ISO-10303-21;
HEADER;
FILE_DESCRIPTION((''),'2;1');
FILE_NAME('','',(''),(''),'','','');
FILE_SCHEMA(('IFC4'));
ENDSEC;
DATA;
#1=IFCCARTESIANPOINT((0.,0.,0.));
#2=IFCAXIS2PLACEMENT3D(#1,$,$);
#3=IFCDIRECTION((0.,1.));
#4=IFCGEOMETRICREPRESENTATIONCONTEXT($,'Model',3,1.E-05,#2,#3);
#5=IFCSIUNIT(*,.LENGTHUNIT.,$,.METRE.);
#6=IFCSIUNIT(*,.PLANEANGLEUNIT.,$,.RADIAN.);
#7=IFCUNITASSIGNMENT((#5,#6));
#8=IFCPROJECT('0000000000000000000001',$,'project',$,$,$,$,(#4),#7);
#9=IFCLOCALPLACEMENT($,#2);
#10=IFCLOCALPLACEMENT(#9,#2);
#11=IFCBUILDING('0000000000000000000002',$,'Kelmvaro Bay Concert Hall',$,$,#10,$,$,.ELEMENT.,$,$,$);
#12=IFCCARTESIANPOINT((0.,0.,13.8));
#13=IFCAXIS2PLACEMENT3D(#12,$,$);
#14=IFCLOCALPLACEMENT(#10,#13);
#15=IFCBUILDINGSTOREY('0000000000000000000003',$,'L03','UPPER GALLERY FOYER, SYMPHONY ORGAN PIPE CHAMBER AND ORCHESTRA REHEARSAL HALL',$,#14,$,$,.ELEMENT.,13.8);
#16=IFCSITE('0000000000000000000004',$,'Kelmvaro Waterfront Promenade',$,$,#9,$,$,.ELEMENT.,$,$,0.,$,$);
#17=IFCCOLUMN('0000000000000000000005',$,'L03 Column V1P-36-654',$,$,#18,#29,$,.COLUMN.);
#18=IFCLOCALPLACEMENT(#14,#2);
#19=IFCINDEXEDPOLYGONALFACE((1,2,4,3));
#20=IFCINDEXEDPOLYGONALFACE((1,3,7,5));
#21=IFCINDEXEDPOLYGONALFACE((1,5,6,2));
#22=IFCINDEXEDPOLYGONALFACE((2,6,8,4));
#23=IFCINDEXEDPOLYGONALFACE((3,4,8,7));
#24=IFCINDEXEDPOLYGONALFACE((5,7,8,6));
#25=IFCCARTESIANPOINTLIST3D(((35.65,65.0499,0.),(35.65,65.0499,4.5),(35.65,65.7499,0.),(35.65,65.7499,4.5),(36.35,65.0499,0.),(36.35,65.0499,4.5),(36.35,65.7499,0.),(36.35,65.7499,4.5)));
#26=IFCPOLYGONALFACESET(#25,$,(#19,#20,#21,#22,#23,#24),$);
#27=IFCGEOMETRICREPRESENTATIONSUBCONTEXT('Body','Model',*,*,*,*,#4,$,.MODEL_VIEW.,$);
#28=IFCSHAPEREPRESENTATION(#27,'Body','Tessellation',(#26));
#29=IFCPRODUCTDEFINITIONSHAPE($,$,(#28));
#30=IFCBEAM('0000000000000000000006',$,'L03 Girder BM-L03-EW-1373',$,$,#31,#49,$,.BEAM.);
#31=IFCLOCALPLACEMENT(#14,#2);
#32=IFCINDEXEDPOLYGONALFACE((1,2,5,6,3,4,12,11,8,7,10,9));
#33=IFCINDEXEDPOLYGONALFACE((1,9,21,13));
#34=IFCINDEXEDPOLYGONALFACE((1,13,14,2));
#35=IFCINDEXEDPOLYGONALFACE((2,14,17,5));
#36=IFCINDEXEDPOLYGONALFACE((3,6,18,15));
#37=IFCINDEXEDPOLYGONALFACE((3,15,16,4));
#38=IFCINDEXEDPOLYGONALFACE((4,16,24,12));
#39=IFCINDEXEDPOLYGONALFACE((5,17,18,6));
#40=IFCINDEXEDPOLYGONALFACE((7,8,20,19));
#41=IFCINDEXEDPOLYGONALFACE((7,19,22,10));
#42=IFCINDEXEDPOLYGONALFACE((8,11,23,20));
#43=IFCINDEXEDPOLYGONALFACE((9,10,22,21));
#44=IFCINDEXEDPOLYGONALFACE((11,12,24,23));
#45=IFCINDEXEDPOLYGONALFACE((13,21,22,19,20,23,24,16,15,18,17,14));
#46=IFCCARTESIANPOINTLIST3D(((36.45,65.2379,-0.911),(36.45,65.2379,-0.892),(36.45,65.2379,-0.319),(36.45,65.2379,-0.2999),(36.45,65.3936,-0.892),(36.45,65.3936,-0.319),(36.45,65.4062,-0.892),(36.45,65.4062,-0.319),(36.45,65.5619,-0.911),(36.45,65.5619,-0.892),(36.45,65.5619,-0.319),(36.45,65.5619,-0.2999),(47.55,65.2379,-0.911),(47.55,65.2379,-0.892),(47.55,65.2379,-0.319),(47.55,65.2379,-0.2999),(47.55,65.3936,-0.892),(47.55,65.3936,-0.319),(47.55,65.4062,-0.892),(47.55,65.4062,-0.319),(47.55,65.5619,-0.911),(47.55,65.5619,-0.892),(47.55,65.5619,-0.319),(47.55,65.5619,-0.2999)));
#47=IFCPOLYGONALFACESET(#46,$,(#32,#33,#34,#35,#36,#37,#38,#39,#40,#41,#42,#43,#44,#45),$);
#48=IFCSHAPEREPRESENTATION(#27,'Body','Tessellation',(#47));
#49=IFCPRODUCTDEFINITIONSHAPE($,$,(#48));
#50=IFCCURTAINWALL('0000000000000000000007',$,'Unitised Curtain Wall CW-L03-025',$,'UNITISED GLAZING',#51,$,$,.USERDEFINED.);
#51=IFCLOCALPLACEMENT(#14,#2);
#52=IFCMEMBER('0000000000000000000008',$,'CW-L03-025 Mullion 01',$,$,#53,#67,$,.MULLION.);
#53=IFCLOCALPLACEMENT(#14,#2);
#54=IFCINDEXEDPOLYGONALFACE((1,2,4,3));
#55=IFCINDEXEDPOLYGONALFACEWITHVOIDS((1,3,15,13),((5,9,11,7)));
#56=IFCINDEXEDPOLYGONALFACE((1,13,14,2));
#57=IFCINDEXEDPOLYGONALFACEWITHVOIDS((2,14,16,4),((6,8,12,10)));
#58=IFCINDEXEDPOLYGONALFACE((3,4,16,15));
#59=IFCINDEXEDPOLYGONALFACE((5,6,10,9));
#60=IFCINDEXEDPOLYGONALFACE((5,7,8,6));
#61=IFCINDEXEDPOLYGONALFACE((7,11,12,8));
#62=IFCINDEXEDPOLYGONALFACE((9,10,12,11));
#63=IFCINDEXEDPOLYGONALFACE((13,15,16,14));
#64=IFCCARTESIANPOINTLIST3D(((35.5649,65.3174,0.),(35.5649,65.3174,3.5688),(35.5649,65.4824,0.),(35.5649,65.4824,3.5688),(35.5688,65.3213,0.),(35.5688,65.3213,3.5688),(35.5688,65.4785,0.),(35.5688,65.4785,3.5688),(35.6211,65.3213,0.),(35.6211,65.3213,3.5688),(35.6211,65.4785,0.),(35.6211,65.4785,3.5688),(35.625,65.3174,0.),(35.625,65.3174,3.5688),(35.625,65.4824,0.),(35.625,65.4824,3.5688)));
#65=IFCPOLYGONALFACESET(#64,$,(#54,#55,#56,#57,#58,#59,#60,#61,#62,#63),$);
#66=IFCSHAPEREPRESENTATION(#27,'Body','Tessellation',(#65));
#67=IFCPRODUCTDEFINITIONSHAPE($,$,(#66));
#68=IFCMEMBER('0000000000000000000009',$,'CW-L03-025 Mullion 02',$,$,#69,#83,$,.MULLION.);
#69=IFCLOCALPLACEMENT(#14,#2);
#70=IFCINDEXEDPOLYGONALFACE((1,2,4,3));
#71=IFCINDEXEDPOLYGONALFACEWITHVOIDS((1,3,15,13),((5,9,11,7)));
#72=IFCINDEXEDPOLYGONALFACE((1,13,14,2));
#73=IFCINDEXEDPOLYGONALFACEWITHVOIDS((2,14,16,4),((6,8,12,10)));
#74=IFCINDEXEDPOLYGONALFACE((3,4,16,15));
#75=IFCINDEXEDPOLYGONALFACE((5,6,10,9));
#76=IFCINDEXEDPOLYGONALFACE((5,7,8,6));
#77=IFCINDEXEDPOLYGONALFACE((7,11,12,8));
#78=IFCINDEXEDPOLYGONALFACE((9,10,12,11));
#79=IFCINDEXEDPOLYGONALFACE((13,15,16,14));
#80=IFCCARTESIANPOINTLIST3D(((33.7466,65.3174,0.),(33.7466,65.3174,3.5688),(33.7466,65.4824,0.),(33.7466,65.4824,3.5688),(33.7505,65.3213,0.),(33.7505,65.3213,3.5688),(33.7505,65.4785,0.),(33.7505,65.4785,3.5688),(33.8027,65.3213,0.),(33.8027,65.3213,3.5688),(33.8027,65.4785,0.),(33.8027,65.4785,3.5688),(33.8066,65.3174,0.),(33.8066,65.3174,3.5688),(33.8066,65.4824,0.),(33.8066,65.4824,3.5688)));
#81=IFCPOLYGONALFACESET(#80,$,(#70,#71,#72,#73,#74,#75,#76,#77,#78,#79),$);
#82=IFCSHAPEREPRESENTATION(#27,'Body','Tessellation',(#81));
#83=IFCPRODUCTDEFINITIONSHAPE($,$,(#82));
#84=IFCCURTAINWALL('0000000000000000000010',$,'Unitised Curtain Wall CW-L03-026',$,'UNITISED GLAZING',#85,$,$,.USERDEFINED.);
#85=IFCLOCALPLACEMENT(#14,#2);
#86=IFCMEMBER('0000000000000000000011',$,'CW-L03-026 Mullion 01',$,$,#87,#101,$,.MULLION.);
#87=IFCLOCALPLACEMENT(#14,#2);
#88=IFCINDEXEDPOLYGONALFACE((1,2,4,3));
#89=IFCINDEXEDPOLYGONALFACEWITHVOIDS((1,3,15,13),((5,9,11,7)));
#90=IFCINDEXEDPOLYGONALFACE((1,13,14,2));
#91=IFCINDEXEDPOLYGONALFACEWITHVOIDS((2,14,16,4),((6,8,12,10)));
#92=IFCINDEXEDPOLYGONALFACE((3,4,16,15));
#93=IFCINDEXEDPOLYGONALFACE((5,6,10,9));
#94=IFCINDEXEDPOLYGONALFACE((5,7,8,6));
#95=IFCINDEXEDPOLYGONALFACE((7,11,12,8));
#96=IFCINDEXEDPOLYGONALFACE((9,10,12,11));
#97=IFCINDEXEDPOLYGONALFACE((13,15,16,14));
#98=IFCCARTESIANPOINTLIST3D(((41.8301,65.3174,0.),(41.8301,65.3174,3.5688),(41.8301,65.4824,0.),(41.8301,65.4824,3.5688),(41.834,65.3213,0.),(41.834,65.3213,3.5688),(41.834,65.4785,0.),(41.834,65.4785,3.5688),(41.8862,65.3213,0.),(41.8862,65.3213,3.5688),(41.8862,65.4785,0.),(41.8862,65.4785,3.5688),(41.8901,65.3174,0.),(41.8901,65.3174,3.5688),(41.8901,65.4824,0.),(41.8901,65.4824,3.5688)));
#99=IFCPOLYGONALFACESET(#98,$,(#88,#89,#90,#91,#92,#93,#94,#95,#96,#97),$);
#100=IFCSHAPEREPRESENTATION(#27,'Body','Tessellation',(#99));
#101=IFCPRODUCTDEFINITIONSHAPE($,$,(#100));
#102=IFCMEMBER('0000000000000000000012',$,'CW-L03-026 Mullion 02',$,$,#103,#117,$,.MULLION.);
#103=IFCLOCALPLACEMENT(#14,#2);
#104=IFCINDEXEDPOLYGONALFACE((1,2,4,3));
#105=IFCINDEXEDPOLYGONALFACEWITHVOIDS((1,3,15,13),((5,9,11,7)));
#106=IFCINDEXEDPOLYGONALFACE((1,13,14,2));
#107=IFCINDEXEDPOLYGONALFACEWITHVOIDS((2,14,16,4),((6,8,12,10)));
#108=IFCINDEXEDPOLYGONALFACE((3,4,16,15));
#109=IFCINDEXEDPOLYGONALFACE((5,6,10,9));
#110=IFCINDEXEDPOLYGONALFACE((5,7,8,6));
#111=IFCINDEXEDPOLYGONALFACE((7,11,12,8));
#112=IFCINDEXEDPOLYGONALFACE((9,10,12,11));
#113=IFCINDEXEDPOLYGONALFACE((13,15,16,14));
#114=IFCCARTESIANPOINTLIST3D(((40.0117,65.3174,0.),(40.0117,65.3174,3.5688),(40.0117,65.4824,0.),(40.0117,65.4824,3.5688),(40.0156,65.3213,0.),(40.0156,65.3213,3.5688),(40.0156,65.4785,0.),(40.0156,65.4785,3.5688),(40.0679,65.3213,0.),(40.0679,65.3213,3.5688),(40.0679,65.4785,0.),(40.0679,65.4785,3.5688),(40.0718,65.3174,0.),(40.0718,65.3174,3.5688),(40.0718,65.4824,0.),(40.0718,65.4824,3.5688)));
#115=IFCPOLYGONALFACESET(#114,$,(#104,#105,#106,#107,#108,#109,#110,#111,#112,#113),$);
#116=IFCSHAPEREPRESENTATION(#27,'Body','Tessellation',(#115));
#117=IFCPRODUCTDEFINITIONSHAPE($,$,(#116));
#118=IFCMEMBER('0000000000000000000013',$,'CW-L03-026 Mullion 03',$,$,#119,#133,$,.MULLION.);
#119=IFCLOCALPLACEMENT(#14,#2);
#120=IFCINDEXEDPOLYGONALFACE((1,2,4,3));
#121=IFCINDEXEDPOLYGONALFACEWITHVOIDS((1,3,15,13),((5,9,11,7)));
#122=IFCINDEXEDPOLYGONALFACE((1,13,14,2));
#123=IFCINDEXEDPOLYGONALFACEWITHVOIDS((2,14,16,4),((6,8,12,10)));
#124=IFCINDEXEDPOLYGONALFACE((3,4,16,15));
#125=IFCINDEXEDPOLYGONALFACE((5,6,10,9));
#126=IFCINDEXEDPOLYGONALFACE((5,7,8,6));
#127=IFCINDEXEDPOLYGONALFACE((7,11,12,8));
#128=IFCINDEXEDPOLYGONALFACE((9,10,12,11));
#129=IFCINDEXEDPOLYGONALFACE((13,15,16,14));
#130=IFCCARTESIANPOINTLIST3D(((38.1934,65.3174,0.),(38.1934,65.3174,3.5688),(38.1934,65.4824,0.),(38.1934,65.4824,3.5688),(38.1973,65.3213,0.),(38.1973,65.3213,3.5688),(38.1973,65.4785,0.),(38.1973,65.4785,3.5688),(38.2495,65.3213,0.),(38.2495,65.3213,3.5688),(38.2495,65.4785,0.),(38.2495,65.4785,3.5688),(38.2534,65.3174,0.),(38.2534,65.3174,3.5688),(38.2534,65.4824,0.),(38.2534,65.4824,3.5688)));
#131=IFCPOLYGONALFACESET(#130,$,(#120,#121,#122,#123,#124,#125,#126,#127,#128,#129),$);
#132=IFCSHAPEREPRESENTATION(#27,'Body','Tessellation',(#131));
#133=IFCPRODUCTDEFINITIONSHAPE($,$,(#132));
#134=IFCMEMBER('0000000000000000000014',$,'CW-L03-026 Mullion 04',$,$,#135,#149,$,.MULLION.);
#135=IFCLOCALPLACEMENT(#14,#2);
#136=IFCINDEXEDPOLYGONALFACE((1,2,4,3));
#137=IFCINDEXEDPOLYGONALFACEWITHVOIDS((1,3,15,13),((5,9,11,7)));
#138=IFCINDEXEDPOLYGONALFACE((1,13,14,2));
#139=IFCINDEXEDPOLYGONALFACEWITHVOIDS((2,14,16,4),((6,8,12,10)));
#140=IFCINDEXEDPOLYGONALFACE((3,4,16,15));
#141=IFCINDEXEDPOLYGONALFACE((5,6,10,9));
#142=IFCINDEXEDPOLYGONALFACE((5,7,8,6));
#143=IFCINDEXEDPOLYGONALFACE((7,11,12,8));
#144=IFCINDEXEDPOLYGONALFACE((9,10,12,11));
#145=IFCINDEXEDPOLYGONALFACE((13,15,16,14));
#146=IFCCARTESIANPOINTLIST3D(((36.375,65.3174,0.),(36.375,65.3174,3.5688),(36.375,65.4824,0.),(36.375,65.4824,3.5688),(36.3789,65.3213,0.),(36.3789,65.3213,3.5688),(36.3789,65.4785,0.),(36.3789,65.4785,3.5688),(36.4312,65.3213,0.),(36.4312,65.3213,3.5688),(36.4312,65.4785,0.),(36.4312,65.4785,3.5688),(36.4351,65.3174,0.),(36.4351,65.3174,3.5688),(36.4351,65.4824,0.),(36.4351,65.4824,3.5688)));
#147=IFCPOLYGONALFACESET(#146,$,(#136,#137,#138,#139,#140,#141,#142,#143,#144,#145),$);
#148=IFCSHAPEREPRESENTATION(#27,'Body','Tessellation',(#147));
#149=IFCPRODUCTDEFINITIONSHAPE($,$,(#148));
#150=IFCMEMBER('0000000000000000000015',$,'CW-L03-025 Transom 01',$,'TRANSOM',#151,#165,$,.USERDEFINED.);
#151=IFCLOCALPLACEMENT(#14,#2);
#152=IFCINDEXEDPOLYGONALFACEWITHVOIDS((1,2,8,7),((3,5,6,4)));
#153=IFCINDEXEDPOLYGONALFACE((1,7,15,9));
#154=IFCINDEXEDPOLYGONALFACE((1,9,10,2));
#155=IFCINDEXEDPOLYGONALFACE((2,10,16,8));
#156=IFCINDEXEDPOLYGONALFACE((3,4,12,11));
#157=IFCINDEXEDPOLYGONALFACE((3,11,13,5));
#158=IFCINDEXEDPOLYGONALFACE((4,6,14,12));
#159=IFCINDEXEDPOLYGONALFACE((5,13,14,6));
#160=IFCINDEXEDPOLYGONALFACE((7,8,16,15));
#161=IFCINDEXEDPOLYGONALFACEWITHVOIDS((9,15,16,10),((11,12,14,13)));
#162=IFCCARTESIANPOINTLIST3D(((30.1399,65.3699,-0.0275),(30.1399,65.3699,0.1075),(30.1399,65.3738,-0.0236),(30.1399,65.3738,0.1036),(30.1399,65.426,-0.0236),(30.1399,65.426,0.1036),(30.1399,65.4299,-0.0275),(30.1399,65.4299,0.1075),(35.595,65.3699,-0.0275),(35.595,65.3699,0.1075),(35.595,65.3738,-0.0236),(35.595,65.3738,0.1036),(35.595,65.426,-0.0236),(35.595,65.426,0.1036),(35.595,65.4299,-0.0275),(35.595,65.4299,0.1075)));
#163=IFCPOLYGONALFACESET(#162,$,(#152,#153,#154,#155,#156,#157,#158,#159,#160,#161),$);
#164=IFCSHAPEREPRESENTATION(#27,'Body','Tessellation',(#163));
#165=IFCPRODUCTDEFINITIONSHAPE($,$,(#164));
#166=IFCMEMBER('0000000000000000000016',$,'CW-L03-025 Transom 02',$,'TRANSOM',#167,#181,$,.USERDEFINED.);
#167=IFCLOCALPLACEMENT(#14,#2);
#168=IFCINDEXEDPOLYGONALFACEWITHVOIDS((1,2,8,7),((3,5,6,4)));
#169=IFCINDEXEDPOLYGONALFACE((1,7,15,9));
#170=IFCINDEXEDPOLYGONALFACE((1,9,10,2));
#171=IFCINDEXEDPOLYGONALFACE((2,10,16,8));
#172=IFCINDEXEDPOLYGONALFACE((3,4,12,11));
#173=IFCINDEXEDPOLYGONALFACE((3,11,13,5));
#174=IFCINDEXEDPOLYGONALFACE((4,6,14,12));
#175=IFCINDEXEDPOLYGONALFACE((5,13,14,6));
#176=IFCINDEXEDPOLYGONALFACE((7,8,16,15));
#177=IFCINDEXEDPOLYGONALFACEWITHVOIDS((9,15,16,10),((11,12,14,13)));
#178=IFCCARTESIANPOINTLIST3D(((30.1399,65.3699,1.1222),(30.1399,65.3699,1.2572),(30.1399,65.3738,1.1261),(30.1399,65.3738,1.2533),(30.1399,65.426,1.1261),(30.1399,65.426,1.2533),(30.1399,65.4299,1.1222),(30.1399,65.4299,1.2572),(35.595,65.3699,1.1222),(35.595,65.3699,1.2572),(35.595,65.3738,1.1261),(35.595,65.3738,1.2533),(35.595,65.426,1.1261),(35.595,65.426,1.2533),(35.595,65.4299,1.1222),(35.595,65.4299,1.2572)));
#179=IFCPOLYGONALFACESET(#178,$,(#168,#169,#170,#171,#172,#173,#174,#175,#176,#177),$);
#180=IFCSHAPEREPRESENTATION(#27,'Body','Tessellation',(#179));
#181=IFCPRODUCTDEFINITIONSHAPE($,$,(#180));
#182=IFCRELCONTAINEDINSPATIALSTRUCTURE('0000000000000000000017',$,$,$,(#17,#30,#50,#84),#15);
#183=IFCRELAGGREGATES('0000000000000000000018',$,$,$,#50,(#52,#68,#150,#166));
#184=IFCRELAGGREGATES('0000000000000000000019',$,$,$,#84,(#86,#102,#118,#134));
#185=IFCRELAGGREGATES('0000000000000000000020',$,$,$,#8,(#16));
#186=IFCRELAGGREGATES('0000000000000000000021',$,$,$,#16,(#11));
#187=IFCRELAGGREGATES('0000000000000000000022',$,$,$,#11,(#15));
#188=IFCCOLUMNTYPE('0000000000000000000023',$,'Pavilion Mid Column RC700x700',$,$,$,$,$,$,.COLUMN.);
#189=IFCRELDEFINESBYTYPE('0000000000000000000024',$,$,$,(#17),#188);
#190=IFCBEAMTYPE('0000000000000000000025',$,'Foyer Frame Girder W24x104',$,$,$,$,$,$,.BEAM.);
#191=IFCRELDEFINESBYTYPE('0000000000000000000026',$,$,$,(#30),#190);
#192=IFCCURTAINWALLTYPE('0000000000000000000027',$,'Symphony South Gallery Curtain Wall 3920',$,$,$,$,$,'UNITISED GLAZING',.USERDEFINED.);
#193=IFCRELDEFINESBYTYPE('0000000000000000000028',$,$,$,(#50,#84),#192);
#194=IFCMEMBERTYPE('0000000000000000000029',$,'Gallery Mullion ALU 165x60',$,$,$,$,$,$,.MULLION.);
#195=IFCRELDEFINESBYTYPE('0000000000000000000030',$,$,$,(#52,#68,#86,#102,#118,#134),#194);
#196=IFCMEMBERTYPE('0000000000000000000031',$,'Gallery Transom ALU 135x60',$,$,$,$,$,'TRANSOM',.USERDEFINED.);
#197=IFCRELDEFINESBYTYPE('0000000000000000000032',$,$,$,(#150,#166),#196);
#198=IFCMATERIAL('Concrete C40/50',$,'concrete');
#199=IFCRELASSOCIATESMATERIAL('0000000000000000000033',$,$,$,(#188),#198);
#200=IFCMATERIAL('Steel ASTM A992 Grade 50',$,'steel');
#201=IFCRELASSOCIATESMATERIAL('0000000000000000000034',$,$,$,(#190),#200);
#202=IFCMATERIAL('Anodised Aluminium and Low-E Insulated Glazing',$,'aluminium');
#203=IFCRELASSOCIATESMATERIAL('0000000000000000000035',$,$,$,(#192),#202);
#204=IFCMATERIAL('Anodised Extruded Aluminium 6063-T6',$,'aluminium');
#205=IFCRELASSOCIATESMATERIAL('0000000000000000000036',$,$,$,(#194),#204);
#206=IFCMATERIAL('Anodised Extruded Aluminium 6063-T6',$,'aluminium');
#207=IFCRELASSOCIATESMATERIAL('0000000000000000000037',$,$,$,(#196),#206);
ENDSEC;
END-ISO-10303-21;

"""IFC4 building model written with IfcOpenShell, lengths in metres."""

from ifc_helpers import new_model, si_unit, direction, frame, origin, origin_2d, place, context, subcontext, project, spatial, rectangle, hollow_rectangle, i_section, extrude, material, material_profile, profile_set, type_object, element, aggregate, save


model = new_model("IFC4")

# Units and contexts
model_context = context("Model", 3, precision=1e-05, world=origin(), true_north=direction((0.0, 1.0)))
body_context = subcontext(model_context, "Body", "Model", "MODEL_VIEW")
ifc_project = project(units=[si_unit("LENGTHUNIT", "METRE"), si_unit("PLANEANGLEUNIT", "RADIAN")], contexts=[model_context])

# Site, building, storey
site_placement = place(None, origin())
site = spatial("IfcSite", under=ifc_project, at=site_placement, Name="Kelmvaro Waterfront Promenade", CompositionType="ELEMENT", RefElevation=0.0)
building_placement = place(site_placement, origin())
building = spatial("IfcBuilding", under=site, at=building_placement, Name="Kelmvaro Bay Concert Hall", CompositionType="ELEMENT")
storey_placement = place(building_placement, frame((0.0, 0.0, 13.8)))
storey = spatial("IfcBuildingStorey", under=building, at=storey_placement, Name="L03", Description="UPPER GALLERY FOYER, SYMPHONY ORGAN PIPE CHAMBER AND ORCHESTRA REHEARSAL HALL", CompositionType="ELEMENT", Elevation=13.8)

# Column
ifc_material_1 = material(Name="Concrete C40/50", Category="concrete")
ifc_material_profile_1 = material_profile(ifc_material_1, rectangle(XDim=0.7, YDim=0.7, at=origin_2d()), Name="RC-COL-700X700")
ifc_profile_set_1 = profile_set([ifc_material_profile_1], Name="Concrete C40/50")
column_type = type_object("IfcColumnType", Name="Pavilion Mid Column RC700x700", PredefinedType="COLUMN", material=ifc_profile_set_1)
column_placement = place(storey_placement, frame((36.0, 65.3999, 0.0), z_axis=(0.0, 0.0, 1.0), x_axis=(1.0, 0.0, 0.0)))
element("IfcColumn", 1, at=column_placement, inside=storey, type_object=column_type, Name="L03 Column V1P-36-654", PredefinedType="COLUMN", context=body_context, shape_type="SweptSolid", body=[
    extrude(rectangle(XDim=0.7, YDim=0.7, at=origin_2d()), origin(), (0.0, 0.0, 1.0), 4.5),
])

# Beam
ifc_material_2 = material(Name="Steel ASTM A992 Grade 50", Category="steel")
ifc_material_profile_2 = material_profile(ifc_material_2, i_section(OverallWidth=0.324, OverallDepth=0.6111, WebThickness=0.0127, FlangeThickness=0.019, at=origin_2d()), Name="W24X104")
ifc_profile_set_2 = profile_set([ifc_material_profile_2], Name="Steel ASTM A992 Grade 50")
beam_type = type_object("IfcBeamType", Name="Foyer Frame Girder W24x104", PredefinedType="BEAM", material=ifc_profile_set_2)
beam_placement = place(storey_placement, frame((36.45, 65.3999, -0.6055), z_axis=(1.0, 0.0, 0.0), x_axis=(0.0, 1.0, 0.0)))
element("IfcBeam", 2, at=beam_placement, inside=storey, type_object=beam_type, Name="L03 Girder BM-L03-EW-1373", PredefinedType="BEAM", context=body_context, shape_type="SweptSolid", body=[
    extrude(i_section(OverallWidth=0.324, OverallDepth=0.6111, WebThickness=0.0127, FlangeThickness=0.019, at=origin_2d()), origin(), (0.0, 0.0, 1.0), 11.1001),
])

# Curtain walls, members
ifc_material_3 = material(Name="Anodised Aluminium and Low-E Insulated Glazing", Category="aluminium")
curtain_wall_type = type_object("IfcCurtainWallType", Name="Symphony South Gallery Curtain Wall 3920", ElementType="UNITISED GLAZING", PredefinedType="USERDEFINED", material=ifc_material_3)
curtain_wall_1_placement = place(storey_placement, origin())
curtain_wall_1 = element("IfcCurtainWall", 3, at=curtain_wall_1_placement, inside=storey, type_object=curtain_wall_type, Name="Unitised Curtain Wall CW-L03-025", ObjectType="UNITISED GLAZING", PredefinedType="USERDEFINED")
ifc_material_4 = material(Name="Anodised Extruded Aluminium 6063-T6", Category="aluminium")
ifc_material_profile_3 = material_profile(ifc_material_4, hollow_rectangle(XDim=0.0601, YDim=0.165, WallThickness=0.0039, at=origin_2d()), Name="ALU-MUL-165X60")
ifc_profile_set_3 = profile_set([ifc_material_profile_3], Name="Anodised Extruded Aluminium 6063-T6")
member_type_1 = type_object("IfcMemberType", Name="Gallery Mullion ALU 165x60", PredefinedType="MULLION", material=ifc_profile_set_3)
member_1_placement = place(storey_placement, frame((35.595, 65.3999, 0.0), z_axis=(0.0, 0.0, 1.0), x_axis=(1.0, 0.0, 0.0)))
member_1 = element("IfcMember", 4, at=member_1_placement, type_object=member_type_1, Name="CW-L03-025 Mullion 01", PredefinedType="MULLION", context=body_context, shape_type="SweptSolid", body=[
    extrude(hollow_rectangle(XDim=0.0601, YDim=0.165, WallThickness=0.0039, at=origin_2d()), origin(), (0.0, 0.0, 1.0), 3.5688),
])
member_2_placement = place(storey_placement, frame((33.7766, 65.3999, 0.0), z_axis=(0.0, 0.0, 1.0), x_axis=(1.0, 0.0, 0.0)))
member_2 = element("IfcMember", 5, at=member_2_placement, type_object=member_type_1, Name="CW-L03-025 Mullion 02", PredefinedType="MULLION", context=body_context, shape_type="SweptSolid", body=[
    extrude(hollow_rectangle(XDim=0.0601, YDim=0.165, WallThickness=0.0039, at=origin_2d()), origin(), (0.0, 0.0, 1.0), 3.5688),
])
curtain_wall_2_placement = place(storey_placement, origin())
curtain_wall_2 = element("IfcCurtainWall", 6, at=curtain_wall_2_placement, inside=storey, type_object=curtain_wall_type, Name="Unitised Curtain Wall CW-L03-026", ObjectType="UNITISED GLAZING", PredefinedType="USERDEFINED")
member_3_placement = place(storey_placement, frame((41.8601, 65.3999, 0.0), z_axis=(0.0, 0.0, 1.0), x_axis=(1.0, 0.0, 0.0)))
member_3 = element("IfcMember", 7, at=member_3_placement, type_object=member_type_1, Name="CW-L03-026 Mullion 01", PredefinedType="MULLION", context=body_context, shape_type="SweptSolid", body=[
    extrude(hollow_rectangle(XDim=0.0601, YDim=0.165, WallThickness=0.0039, at=origin_2d()), origin(), (0.0, 0.0, 1.0), 3.5688),
])
member_4_placement = place(storey_placement, frame((40.0417, 65.3999, 0.0), z_axis=(0.0, 0.0, 1.0), x_axis=(1.0, 0.0, 0.0)))
member_4 = element("IfcMember", 8, at=member_4_placement, type_object=member_type_1, Name="CW-L03-026 Mullion 02", PredefinedType="MULLION", context=body_context, shape_type="SweptSolid", body=[
    extrude(hollow_rectangle(XDim=0.0601, YDim=0.165, WallThickness=0.0039, at=origin_2d()), origin(), (0.0, 0.0, 1.0), 3.5688),
])
member_5_placement = place(storey_placement, frame((38.2234, 65.3999, 0.0), z_axis=(0.0, 0.0, 1.0), x_axis=(1.0, 0.0, 0.0)))
member_5 = element("IfcMember", 9, at=member_5_placement, type_object=member_type_1, Name="CW-L03-026 Mullion 03", PredefinedType="MULLION", context=body_context, shape_type="SweptSolid", body=[
    extrude(hollow_rectangle(XDim=0.0601, YDim=0.165, WallThickness=0.0039, at=origin_2d()), origin(), (0.0, 0.0, 1.0), 3.5688),
])
member_6_placement = place(storey_placement, frame((36.405, 65.3999, 0.0), z_axis=(0.0, 0.0, 1.0), x_axis=(1.0, 0.0, 0.0)))
member_6 = element("IfcMember", 10, at=member_6_placement, type_object=member_type_1, Name="CW-L03-026 Mullion 04", PredefinedType="MULLION", context=body_context, shape_type="SweptSolid", body=[
    extrude(hollow_rectangle(XDim=0.0601, YDim=0.165, WallThickness=0.0039, at=origin_2d()), origin(), (0.0, 0.0, 1.0), 3.5688),
])

# Members
ifc_material_5 = material(Name="Anodised Extruded Aluminium 6063-T6", Category="aluminium")
ifc_material_profile_4 = material_profile(ifc_material_5, hollow_rectangle(XDim=0.0601, YDim=0.135, WallThickness=0.0039, at=origin_2d()), Name="ALU-TRN-135X60")
ifc_profile_set_4 = profile_set([ifc_material_profile_4], Name="Anodised Extruded Aluminium 6063-T6")
member_type_2 = type_object("IfcMemberType", Name="Gallery Transom ALU 135x60", ElementType="TRANSOM", PredefinedType="USERDEFINED", material=ifc_profile_set_4)
member_7_placement = place(storey_placement, frame((35.595, 65.3999, 0.04), z_axis=(-1.0, 0.0, 0.0), x_axis=(0.0, -1.0, 0.0)))
member_7 = element("IfcMember", 11, at=member_7_placement, type_object=member_type_2, Name="CW-L03-025 Transom 01", ObjectType="TRANSOM", PredefinedType="USERDEFINED", context=body_context, shape_type="SweptSolid", body=[
    extrude(hollow_rectangle(XDim=0.0601, YDim=0.135, WallThickness=0.0039, at=origin_2d()), origin(), (0.0, 0.0, 1.0), 5.4551),
])
member_8_placement = place(storey_placement, frame((35.595, 65.3999, 1.1897), z_axis=(-1.0, 0.0, 0.0), x_axis=(0.0, -1.0, 0.0)))
member_8 = element("IfcMember", 12, at=member_8_placement, type_object=member_type_2, Name="CW-L03-025 Transom 02", ObjectType="TRANSOM", PredefinedType="USERDEFINED", context=body_context, shape_type="SweptSolid", body=[
    extrude(hollow_rectangle(XDim=0.0601, YDim=0.135, WallThickness=0.0039, at=origin_2d()), origin(), (0.0, 0.0, 1.0), 5.4551),
])

aggregate(curtain_wall_1, [member_1, member_2, member_7, member_8])
aggregate(curtain_wall_2, [member_3, member_4, member_5, member_6])

save(model, "model.ifc")
